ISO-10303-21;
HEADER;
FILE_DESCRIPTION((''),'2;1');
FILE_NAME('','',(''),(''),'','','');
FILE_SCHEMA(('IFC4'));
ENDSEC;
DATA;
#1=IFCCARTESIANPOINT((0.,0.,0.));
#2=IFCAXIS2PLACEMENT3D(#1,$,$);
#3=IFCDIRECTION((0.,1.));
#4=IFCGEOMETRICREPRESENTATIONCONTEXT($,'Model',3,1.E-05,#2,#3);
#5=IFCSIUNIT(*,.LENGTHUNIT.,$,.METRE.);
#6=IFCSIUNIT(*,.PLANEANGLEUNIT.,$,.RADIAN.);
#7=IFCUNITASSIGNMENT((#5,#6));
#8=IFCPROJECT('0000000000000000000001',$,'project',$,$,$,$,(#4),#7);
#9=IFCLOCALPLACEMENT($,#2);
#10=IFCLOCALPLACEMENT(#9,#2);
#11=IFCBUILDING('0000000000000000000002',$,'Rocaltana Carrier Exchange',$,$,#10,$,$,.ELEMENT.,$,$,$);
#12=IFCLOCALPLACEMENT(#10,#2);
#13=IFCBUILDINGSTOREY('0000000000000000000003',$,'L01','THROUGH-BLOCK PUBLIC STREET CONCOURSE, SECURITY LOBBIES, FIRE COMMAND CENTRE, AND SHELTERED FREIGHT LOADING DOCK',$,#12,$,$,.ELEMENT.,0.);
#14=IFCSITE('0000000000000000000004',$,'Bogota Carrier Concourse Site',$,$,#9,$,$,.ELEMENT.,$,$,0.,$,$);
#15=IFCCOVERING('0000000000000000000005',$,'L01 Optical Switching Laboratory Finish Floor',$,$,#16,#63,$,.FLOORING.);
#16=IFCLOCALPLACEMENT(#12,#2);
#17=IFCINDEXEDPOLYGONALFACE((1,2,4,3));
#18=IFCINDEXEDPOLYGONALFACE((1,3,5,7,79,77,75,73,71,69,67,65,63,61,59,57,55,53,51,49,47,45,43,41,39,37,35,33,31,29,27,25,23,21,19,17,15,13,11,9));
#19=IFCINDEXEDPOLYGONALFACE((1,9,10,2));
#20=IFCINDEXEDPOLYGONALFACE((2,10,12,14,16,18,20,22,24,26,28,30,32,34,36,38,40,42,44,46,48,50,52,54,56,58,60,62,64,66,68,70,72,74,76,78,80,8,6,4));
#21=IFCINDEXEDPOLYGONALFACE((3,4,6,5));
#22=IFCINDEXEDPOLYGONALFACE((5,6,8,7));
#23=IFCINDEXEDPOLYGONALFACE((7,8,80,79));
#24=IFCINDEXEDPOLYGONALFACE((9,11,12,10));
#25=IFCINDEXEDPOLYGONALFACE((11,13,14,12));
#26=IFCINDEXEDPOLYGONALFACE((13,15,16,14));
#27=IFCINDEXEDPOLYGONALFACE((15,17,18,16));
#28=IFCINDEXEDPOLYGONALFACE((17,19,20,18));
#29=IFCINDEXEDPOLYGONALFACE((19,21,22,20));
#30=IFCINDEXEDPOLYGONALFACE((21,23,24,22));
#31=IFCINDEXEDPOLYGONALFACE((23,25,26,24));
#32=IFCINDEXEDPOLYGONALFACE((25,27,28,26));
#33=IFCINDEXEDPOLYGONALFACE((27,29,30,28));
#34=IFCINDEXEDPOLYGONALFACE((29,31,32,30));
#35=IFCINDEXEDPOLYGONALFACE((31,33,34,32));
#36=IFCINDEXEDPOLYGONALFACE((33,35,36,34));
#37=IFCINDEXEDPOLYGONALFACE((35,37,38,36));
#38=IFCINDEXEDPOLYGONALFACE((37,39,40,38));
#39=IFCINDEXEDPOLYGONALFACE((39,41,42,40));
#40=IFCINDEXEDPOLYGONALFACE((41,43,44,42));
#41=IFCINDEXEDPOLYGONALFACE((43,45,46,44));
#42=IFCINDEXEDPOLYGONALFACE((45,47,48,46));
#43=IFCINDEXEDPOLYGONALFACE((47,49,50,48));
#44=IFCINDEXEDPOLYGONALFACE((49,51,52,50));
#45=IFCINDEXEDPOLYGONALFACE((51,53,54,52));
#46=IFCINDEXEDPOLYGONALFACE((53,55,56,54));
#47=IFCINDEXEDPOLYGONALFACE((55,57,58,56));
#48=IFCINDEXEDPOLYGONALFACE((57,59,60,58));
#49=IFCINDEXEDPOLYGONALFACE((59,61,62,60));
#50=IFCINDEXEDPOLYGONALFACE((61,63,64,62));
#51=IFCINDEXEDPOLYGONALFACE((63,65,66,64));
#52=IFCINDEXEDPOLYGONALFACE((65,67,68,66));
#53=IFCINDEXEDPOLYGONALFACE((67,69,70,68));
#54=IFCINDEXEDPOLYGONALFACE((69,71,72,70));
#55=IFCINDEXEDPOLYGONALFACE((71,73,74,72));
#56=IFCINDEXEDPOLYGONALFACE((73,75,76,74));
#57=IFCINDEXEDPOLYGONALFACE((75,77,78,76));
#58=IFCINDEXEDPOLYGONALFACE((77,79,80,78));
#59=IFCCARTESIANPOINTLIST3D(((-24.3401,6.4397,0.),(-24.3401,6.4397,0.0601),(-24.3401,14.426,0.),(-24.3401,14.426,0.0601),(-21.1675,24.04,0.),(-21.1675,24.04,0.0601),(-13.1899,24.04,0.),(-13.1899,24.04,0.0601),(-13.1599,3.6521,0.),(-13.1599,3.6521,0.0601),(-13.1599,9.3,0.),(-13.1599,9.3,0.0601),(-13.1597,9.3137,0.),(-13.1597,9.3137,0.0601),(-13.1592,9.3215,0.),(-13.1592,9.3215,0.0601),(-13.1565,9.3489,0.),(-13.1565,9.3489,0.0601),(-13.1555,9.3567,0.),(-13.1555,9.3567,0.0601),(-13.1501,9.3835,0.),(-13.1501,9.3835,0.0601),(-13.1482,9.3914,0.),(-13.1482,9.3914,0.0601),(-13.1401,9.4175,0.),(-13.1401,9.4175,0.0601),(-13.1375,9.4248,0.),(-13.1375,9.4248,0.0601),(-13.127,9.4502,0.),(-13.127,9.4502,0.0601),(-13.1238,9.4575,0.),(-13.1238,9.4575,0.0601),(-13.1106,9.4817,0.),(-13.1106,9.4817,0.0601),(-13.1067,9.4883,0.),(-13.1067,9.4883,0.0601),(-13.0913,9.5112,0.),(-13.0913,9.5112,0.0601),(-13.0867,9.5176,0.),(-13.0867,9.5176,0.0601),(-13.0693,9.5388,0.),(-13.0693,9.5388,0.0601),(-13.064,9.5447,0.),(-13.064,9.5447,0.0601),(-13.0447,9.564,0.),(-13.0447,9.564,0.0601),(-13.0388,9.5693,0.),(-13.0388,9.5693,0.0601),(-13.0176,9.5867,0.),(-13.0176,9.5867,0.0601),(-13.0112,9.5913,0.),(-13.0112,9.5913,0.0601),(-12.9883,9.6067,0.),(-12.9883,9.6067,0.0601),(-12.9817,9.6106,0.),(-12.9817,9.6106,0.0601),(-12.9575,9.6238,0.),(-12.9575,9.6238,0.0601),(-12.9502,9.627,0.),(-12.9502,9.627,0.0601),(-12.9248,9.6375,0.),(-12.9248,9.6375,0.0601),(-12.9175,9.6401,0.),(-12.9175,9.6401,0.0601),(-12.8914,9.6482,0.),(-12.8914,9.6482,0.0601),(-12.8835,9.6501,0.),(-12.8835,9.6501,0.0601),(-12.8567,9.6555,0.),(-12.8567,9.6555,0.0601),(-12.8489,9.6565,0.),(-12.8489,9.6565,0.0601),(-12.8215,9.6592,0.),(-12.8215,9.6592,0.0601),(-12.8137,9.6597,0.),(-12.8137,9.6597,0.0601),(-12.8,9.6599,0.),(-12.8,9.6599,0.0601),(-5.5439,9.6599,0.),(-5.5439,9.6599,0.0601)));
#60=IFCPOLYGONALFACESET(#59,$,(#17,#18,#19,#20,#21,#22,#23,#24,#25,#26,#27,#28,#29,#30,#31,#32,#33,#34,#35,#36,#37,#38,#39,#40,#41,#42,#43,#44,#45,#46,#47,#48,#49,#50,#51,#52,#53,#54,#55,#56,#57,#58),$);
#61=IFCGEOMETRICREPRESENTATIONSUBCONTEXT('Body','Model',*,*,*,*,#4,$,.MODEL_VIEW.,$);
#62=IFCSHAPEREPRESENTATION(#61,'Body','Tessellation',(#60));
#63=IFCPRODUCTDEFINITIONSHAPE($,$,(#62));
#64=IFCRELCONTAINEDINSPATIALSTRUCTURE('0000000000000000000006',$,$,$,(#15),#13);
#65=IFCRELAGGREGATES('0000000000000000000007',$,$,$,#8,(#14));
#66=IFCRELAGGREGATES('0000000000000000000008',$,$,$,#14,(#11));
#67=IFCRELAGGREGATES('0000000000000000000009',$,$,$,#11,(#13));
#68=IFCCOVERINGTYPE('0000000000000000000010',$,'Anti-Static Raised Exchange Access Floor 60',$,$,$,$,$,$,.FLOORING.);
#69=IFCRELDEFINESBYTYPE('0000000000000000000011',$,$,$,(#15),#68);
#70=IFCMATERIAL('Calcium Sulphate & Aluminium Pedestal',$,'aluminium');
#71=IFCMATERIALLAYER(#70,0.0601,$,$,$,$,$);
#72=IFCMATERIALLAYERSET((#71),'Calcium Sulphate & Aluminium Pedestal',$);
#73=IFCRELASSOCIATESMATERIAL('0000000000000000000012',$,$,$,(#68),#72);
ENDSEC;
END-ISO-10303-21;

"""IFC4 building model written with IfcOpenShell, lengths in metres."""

from ifc_helpers import new_model, si_unit, direction, origin, place, context, subcontext, project, spatial, polyline, outline, extrude, material, layer, layer_set, type_object, element, save


model = new_model("IFC4")

# Units and contexts
model_context = context("Model", 3, precision=1e-05, world=origin(), true_north=direction((0.0, 1.0)))
body_context = subcontext(model_context, "Body", "Model", "MODEL_VIEW")
ifc_project = project(units=[si_unit("LENGTHUNIT", "METRE"), si_unit("PLANEANGLEUNIT", "RADIAN")], contexts=[model_context])

# Site, building, storey
site_placement = place(None, origin())
site = spatial("IfcSite", under=ifc_project, at=site_placement, Name="Bogota Carrier Concourse Site", CompositionType="ELEMENT", RefElevation=0.0)
building_placement = place(site_placement, origin())
building = spatial("IfcBuilding", under=site, at=building_placement, Name="Rocaltana Carrier Exchange", CompositionType="ELEMENT")
storey_placement = place(building_placement, origin())
storey = spatial("IfcBuildingStorey", under=building, at=storey_placement, Name="L01", Description="THROUGH-BLOCK PUBLIC STREET CONCOURSE, SECURITY LOBBIES, FIRE COMMAND CENTRE, AND SHELTERED FREIGHT LOADING DOCK", CompositionType="ELEMENT", Elevation=0.0)

# Covering
ifc_material_1 = material(Name="Calcium Sulphate & Aluminium Pedestal", Category="aluminium")
ifc_layer_1 = layer(ifc_material_1, 0.0601)
ifc_layer_set_1 = layer_set([ifc_layer_1], Name="Calcium Sulphate & Aluminium Pedestal")
covering_type_1 = type_object("IfcCoveringType", Name="Anti-Static Raised Exchange Access Floor 60", PredefinedType="FLOORING", material=ifc_layer_set_1)
covering_1_placement = place(storey_placement, origin())
element("IfcCovering", 1, at=covering_1_placement, inside=storey, type_object=covering_type_1, Name="L01 Optical Switching Laboratory Finish Floor", PredefinedType="FLOORING", context=body_context, shape_type="SweptSolid", body=[
    extrude(outline(polyline([(-12.8, 9.6599), (-12.8137, 9.6597), (-12.8215, 9.6592), (-12.8489, 9.6565), (-12.8567, 9.6555), (-12.8835, 9.6501), (-12.8914, 9.6482), (-12.9175, 9.6401), (-12.9248, 9.6375), (-12.9502, 9.627), (-12.9575, 9.6238), (-12.9817, 9.6106), (-12.9883, 9.6067), (-13.0112, 9.5913), (-13.0176, 9.5867), (-13.0388, 9.5693), (-13.0447, 9.564), (-13.064, 9.5447), (-13.0693, 9.5388), (-13.0867, 9.5176), (-13.0913, 9.5112), (-13.1067, 9.4883), (-13.1106, 9.4817), (-13.1238, 9.4575), (-13.127, 9.4502), (-13.1375, 9.4248), (-13.1401, 9.4175), (-13.1482, 9.3914), (-13.1501, 9.3835), (-13.1555, 9.3567), (-13.1565, 9.3489), (-13.1592, 9.3215), (-13.1597, 9.3137), (-13.1599, 9.3), (-13.1599, 3.6521), (-24.3401, 6.4397), (-24.3401, 14.426), (-21.1675, 24.04), (-13.1899, 24.04), (-5.5439, 9.6599), (-12.8, 9.6599)])), origin(), (0.0, 0.0, 1.0), 0.0601),
])

save(model, "model.ifc")
